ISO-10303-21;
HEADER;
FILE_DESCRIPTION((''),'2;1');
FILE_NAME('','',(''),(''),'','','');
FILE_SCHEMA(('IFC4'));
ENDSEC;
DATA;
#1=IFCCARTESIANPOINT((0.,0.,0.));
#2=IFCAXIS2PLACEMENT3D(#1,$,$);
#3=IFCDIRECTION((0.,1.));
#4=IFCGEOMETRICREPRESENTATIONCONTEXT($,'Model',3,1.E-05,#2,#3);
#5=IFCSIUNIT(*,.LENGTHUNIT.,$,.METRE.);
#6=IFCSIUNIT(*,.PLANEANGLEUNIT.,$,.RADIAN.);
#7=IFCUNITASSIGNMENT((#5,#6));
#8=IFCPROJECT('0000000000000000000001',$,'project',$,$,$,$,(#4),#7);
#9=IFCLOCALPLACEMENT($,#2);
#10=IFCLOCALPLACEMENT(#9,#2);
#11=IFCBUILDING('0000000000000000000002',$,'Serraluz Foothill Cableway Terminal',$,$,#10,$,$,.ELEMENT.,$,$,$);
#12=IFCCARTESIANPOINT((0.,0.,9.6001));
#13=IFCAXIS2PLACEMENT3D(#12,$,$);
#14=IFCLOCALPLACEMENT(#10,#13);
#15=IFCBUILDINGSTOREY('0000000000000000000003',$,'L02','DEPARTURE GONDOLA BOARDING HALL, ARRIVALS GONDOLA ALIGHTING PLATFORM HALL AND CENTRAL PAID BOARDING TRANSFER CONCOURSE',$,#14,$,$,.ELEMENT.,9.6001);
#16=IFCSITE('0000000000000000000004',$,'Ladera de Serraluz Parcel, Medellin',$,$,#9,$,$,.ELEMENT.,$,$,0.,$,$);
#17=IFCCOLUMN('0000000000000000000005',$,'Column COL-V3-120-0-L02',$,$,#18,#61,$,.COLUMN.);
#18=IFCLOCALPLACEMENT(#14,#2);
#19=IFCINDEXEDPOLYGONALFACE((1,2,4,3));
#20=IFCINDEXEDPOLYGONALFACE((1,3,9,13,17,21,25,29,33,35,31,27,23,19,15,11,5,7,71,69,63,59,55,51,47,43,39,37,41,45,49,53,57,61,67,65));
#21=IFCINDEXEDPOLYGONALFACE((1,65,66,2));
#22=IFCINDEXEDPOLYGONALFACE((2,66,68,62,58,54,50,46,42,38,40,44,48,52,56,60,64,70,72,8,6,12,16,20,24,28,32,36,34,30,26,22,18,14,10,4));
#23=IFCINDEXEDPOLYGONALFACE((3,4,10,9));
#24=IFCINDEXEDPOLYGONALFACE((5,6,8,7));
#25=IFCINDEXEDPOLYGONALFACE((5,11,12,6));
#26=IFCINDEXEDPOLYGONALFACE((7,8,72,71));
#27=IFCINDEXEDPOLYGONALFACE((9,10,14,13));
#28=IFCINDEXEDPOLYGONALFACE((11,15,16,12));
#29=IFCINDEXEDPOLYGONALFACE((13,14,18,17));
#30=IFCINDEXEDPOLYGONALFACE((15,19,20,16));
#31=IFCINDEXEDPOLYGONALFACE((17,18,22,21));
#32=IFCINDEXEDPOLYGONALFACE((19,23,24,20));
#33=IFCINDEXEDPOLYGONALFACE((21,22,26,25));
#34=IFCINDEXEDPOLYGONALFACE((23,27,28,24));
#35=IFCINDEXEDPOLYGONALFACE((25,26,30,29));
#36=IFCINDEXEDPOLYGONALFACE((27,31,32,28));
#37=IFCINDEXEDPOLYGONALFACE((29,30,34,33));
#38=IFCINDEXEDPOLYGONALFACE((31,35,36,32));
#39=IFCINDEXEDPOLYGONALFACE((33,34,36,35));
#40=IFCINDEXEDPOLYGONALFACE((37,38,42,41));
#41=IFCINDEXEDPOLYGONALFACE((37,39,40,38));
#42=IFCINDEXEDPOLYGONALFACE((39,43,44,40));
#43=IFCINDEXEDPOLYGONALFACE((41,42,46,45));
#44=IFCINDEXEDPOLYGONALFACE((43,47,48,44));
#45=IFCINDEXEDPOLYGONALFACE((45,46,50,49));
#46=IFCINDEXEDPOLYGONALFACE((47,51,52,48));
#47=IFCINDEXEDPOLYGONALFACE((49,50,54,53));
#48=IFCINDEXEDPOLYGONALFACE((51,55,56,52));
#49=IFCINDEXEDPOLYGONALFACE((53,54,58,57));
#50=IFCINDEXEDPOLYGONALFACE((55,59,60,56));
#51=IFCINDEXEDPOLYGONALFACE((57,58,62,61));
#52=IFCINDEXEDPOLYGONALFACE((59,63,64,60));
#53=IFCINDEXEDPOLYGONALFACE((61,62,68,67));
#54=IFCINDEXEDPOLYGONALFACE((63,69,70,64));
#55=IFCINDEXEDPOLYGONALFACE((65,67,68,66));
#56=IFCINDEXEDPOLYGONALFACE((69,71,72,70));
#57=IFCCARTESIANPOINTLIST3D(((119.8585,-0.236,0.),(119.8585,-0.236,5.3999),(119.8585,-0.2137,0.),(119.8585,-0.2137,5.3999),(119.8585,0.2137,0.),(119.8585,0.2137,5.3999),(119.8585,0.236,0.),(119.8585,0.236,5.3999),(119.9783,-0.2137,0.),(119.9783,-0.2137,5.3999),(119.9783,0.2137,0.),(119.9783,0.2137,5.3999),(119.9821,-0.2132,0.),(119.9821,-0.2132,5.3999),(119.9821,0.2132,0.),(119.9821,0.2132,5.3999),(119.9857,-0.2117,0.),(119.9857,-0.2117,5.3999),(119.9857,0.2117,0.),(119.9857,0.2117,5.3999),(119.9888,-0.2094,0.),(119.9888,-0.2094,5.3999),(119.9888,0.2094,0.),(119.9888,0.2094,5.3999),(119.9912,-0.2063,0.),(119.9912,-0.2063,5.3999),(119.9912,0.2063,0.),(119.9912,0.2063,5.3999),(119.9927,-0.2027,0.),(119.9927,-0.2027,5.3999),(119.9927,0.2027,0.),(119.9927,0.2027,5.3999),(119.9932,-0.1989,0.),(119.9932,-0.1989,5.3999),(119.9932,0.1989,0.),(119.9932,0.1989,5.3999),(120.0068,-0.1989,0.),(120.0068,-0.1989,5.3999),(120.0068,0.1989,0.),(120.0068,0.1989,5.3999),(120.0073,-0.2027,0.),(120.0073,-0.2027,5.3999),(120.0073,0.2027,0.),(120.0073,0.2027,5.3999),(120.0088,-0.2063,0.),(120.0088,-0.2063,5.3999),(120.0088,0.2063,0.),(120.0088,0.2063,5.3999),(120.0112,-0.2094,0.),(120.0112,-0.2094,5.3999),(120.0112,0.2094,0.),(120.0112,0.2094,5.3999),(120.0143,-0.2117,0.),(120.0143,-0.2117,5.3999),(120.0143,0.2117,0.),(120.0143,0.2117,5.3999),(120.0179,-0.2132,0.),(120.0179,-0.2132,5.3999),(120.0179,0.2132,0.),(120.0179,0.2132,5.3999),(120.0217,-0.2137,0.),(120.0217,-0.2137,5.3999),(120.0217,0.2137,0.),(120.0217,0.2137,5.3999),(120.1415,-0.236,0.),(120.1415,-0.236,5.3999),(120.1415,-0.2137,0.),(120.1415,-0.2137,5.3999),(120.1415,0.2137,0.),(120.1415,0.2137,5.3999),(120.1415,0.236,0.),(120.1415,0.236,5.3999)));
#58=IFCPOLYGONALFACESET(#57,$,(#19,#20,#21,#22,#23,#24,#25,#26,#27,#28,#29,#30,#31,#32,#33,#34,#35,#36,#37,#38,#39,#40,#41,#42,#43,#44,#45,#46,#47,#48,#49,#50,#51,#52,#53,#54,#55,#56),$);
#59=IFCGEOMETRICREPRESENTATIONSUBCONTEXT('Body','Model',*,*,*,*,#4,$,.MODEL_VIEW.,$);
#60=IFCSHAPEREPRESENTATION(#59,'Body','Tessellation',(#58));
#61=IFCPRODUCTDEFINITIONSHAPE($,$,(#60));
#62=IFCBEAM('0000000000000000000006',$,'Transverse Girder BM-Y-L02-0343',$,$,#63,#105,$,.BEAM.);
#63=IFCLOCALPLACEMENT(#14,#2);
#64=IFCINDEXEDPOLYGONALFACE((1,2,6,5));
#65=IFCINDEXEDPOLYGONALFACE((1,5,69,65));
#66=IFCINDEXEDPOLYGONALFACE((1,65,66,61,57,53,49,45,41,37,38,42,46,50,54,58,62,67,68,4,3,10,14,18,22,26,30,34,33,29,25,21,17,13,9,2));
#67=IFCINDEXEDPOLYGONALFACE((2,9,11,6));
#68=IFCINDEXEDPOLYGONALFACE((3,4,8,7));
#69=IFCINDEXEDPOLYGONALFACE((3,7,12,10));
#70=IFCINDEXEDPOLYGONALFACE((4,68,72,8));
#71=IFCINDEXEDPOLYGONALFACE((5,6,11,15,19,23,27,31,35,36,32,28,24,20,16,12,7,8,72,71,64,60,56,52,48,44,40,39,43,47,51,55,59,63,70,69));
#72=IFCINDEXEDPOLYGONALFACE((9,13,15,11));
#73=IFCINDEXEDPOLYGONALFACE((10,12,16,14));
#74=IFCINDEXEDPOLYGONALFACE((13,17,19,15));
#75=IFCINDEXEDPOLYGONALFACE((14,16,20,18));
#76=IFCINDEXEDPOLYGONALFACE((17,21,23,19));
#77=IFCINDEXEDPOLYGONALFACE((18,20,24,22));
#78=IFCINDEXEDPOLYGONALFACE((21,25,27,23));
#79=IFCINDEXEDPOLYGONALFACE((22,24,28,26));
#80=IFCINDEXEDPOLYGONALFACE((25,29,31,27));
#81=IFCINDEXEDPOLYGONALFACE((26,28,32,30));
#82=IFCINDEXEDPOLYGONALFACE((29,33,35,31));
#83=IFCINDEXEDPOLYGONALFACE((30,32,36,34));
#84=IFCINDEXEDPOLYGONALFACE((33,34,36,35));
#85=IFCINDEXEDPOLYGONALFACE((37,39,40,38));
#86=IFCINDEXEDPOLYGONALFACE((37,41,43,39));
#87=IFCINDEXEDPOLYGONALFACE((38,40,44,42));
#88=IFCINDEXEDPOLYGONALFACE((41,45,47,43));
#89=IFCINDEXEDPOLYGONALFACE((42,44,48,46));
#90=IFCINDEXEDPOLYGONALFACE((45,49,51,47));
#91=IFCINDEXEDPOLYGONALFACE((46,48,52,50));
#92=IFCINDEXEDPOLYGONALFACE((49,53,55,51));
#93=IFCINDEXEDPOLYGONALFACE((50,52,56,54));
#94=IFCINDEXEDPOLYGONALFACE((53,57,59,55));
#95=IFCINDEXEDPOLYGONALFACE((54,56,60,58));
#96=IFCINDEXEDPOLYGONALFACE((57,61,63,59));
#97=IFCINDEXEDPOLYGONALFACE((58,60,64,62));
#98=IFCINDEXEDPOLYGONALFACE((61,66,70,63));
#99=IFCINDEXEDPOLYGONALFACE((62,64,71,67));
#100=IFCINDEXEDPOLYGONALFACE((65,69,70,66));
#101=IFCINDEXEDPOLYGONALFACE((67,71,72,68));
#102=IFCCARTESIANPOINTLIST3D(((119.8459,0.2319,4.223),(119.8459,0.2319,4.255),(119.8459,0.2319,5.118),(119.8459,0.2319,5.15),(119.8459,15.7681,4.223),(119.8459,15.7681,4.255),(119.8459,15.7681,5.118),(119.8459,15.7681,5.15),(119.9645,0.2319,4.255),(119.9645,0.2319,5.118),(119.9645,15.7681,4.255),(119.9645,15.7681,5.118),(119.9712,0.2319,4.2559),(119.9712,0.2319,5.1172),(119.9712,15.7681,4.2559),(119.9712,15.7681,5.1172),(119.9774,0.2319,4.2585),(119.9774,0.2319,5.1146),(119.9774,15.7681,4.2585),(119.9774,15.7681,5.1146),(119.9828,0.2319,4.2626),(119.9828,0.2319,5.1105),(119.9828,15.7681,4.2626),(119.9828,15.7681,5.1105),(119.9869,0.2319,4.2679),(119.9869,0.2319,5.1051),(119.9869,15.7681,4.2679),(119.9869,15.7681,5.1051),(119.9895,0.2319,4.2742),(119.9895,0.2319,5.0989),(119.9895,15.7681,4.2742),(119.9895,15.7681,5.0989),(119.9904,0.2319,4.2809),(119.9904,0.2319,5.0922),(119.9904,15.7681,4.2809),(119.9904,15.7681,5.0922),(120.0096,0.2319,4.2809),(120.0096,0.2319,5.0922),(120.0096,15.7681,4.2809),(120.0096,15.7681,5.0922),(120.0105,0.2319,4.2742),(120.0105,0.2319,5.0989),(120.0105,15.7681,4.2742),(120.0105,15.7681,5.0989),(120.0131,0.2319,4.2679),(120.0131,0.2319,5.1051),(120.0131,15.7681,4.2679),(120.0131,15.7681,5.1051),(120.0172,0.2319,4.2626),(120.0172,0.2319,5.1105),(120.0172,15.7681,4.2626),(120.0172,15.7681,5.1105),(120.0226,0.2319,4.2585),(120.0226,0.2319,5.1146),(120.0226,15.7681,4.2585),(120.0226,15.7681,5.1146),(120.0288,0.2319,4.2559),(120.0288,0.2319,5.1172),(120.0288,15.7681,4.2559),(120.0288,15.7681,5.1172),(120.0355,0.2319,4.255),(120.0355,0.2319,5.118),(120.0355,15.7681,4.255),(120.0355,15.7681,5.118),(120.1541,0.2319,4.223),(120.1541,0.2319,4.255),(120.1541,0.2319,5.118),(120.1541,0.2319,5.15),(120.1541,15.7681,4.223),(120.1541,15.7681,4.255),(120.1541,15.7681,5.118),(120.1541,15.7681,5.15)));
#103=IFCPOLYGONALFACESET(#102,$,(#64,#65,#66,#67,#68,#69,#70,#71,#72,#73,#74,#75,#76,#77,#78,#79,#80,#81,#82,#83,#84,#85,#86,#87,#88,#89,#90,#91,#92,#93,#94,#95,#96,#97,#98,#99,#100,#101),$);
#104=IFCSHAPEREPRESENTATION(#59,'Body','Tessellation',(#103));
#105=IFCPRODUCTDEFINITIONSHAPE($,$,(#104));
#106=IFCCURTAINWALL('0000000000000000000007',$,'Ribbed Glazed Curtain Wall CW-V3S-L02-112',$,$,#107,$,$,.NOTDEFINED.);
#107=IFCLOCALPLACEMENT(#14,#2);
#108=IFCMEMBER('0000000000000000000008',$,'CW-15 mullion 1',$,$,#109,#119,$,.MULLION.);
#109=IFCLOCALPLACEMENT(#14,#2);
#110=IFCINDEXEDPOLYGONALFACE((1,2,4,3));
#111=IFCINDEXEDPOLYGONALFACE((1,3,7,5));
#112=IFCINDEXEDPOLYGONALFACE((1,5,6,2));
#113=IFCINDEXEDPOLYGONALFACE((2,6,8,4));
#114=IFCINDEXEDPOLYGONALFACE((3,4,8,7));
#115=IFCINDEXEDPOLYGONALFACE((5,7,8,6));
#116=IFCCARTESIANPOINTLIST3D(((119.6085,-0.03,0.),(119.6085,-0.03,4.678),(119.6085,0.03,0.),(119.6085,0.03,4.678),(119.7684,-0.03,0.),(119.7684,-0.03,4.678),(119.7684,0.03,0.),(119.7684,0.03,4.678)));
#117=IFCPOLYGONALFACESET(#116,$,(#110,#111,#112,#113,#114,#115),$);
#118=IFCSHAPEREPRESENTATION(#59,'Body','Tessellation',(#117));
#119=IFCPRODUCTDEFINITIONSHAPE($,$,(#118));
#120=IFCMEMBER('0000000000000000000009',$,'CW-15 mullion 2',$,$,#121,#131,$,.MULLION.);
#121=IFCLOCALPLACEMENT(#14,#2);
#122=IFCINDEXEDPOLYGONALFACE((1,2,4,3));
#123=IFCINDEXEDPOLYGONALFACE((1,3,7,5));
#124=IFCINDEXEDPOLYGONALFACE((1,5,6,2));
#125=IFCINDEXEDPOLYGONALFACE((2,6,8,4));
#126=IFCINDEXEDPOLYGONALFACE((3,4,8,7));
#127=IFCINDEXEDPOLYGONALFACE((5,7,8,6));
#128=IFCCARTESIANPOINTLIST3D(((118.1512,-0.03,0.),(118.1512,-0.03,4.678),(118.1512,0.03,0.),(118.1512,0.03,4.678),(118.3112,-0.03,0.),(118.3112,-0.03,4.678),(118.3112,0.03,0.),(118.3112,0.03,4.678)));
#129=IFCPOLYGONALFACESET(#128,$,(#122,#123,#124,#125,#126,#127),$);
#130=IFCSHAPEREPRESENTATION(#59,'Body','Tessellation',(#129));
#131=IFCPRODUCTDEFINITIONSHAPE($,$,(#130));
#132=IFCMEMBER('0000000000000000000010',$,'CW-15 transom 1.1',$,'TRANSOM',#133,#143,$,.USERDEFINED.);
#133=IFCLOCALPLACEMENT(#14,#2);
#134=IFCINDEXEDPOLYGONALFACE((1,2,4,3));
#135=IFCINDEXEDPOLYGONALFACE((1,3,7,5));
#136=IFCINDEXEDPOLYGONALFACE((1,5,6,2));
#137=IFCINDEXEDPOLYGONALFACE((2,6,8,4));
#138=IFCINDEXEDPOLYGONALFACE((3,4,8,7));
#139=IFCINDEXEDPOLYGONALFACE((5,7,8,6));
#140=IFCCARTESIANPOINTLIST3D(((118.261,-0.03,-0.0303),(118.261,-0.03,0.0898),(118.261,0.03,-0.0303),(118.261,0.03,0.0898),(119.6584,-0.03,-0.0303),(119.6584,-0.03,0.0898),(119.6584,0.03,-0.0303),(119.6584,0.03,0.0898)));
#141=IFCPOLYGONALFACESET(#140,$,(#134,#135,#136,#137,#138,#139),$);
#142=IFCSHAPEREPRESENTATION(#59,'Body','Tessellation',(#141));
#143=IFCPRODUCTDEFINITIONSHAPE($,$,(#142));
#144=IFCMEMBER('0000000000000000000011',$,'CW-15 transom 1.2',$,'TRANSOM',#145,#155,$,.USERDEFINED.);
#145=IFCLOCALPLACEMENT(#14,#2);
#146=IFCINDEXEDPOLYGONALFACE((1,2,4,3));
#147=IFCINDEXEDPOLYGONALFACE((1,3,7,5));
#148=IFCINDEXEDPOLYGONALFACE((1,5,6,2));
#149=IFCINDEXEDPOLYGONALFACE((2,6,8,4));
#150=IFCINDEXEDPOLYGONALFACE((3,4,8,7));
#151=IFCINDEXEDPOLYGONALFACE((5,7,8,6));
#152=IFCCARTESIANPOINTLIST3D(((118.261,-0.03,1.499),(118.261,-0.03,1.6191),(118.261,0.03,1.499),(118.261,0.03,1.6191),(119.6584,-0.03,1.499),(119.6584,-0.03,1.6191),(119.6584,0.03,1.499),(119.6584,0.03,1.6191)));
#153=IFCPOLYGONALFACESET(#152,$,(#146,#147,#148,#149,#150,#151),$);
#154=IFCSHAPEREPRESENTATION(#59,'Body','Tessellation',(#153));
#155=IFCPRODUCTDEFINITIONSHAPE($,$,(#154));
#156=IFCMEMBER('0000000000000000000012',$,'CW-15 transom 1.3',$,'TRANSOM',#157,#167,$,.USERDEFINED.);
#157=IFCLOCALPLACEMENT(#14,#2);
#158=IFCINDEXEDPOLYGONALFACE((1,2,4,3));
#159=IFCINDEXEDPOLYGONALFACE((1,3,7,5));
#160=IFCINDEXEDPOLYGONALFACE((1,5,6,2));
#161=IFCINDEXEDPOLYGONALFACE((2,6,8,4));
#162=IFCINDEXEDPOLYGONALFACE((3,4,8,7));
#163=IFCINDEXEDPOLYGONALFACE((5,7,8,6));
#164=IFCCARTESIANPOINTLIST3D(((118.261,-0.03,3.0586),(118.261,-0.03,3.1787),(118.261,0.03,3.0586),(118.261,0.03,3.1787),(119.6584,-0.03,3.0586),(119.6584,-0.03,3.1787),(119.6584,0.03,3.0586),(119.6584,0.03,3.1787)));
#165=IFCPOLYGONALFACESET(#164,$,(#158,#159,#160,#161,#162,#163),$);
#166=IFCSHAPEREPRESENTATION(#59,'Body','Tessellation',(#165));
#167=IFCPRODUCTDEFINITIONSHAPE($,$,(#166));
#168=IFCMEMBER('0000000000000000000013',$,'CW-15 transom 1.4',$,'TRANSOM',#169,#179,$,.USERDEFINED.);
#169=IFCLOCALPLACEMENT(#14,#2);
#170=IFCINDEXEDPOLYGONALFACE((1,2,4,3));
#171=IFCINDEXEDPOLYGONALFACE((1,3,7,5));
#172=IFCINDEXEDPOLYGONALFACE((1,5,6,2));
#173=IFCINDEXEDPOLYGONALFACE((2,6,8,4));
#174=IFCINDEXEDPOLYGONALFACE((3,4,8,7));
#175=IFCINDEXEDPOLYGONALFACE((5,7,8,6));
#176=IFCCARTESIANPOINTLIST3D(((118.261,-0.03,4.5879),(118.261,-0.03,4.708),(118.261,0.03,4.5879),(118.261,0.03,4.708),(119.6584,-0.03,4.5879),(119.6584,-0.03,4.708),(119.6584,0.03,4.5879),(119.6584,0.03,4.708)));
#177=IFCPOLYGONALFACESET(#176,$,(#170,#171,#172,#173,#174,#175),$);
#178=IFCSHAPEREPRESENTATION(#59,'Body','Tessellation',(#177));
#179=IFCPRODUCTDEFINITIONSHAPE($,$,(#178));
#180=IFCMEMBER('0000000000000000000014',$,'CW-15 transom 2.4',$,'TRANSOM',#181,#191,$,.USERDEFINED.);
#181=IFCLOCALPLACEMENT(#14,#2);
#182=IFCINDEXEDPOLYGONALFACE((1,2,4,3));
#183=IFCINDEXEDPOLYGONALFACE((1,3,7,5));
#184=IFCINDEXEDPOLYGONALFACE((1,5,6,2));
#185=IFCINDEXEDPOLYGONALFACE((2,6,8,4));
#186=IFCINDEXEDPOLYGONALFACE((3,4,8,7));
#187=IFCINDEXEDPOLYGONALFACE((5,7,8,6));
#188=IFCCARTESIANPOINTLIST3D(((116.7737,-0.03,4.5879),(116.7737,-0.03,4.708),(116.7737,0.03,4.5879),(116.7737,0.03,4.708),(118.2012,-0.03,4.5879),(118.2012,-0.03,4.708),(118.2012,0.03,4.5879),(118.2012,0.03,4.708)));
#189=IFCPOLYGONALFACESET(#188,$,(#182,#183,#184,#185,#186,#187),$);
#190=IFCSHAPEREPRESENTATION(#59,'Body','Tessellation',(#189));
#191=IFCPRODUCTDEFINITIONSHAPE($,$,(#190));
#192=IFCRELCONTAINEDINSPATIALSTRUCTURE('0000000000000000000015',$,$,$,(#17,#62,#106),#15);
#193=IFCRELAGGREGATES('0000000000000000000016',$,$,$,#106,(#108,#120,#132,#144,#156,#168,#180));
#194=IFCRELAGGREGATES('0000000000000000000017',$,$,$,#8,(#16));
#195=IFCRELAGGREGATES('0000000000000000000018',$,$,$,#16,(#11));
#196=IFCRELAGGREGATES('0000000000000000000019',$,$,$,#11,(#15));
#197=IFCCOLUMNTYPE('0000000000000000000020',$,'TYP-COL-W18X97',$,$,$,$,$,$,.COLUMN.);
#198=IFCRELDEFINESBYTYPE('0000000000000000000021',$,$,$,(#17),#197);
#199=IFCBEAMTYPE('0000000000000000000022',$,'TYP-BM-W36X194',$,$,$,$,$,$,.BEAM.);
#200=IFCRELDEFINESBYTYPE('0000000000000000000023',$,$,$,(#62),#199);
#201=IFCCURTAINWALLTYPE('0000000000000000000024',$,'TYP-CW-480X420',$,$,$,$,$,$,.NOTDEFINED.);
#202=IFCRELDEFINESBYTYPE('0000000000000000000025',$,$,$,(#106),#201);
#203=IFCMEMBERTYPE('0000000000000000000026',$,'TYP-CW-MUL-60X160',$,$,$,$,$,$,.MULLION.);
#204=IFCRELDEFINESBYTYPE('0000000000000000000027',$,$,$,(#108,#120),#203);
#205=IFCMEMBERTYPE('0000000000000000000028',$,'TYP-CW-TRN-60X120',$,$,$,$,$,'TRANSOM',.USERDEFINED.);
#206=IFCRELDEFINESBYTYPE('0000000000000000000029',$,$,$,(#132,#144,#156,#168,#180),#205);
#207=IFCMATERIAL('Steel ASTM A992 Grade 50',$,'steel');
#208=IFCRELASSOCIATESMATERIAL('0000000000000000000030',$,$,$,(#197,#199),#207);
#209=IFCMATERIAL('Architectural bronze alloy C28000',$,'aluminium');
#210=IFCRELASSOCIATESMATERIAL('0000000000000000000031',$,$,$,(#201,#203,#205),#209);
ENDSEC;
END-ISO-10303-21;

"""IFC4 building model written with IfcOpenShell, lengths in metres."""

from ifc_helpers import new_model, si_unit, direction, frame, origin, origin_2d, place, context, subcontext, project, spatial, rectangle, i_section, extrude, material, material_profile, profile_set, type_object, element, aggregate, save


model = new_model("IFC4")

# Units and contexts
model_context = context("Model", 3, precision=1e-05, world=origin(), true_north=direction((0.0, 1.0)))
body_context = subcontext(model_context, "Body", "Model", "MODEL_VIEW")
ifc_project = project(units=[si_unit("LENGTHUNIT", "METRE"), si_unit("PLANEANGLEUNIT", "RADIAN")], contexts=[model_context])

# Site, building, storey
site_placement = place(None, origin())
site = spatial("IfcSite", under=ifc_project, at=site_placement, Name="Ladera de Serraluz Parcel, Medellin", CompositionType="ELEMENT", RefElevation=0.0)
building_placement = place(site_placement, origin())
building = spatial("IfcBuilding", under=site, at=building_placement, Name="Serraluz Foothill Cableway Terminal", CompositionType="ELEMENT")
storey_placement = place(building_placement, frame((0.0, 0.0, 9.6001)))
storey = spatial("IfcBuildingStorey", under=building, at=storey_placement, Name="L02", Description="DEPARTURE GONDOLA BOARDING HALL, ARRIVALS GONDOLA ALIGHTING PLATFORM HALL AND CENTRAL PAID BOARDING TRANSFER CONCOURSE", CompositionType="ELEMENT", Elevation=9.6001)

# Column
ifc_material_1 = material(Name="Steel ASTM A992 Grade 50", Category="steel")
ifc_material_profile_1 = material_profile(ifc_material_1, i_section(OverallWidth=0.283, OverallDepth=0.4719, WebThickness=0.0137, FlangeThickness=0.0222, FilletRadius=0.0149, at=origin_2d()), Name="W18X97")
ifc_profile_set_1 = profile_set([ifc_material_profile_1], Name="Steel ASTM A992 Grade 50")
column_type = type_object("IfcColumnType", Name="TYP-COL-W18X97", PredefinedType="COLUMN", material=ifc_profile_set_1)
column_placement = place(storey_placement, frame((120.0, 0.0, 0.0), z_axis=(0.0, 0.0, 1.0), x_axis=(1.0, 0.0, 0.0)))
element("IfcColumn", 1, at=column_placement, inside=storey, type_object=column_type, Name="Column COL-V3-120-0-L02", PredefinedType="COLUMN", context=body_context, shape_type="SweptSolid", body=[
    extrude(i_section(OverallWidth=0.283, OverallDepth=0.4719, WebThickness=0.0137, FlangeThickness=0.0222, FilletRadius=0.0149, at=origin_2d()), origin(), (0.0, 0.0, 1.0), 5.3999),
])

# Beam
ifc_material_profile_2 = material_profile(ifc_material_1, i_section(OverallWidth=0.3081, OverallDepth=0.927, WebThickness=0.0193, FlangeThickness=0.032, FilletRadius=0.0259, at=origin_2d()), Name="W36X194")
ifc_profile_set_2 = profile_set([ifc_material_profile_2], Name="Steel ASTM A992 Grade 50")
beam_type = type_object("IfcBeamType", Name="TYP-BM-W36X194", PredefinedType="BEAM", material=ifc_profile_set_2)
beam_placement = place(storey_placement, frame((120.0, 0.2319, 4.6865), z_axis=(0.0, 1.0, 0.0), x_axis=(-1.0, 0.0, 0.0)))
element("IfcBeam", 2, at=beam_placement, inside=storey, type_object=beam_type, Name="Transverse Girder BM-Y-L02-0343", PredefinedType="BEAM", context=body_context, shape_type="SweptSolid", body=[
    extrude(i_section(OverallWidth=0.3081, OverallDepth=0.927, WebThickness=0.0193, FlangeThickness=0.032, FilletRadius=0.0259, at=origin_2d()), origin(), (0.0, 0.0, 1.0), 15.5361),
])

# Curtain wall, members
ifc_material_2 = material(Name="Architectural bronze alloy C28000", Category="aluminium")
curtain_wall_type = type_object("IfcCurtainWallType", Name="TYP-CW-480X420", PredefinedType="NOTDEFINED", material=ifc_material_2)
curtain_wall_placement = place(storey_placement, origin())
curtain_wall = element("IfcCurtainWall", 3, at=curtain_wall_placement, inside=storey, type_object=curtain_wall_type, Name="Ribbed Glazed Curtain Wall CW-V3S-L02-112", PredefinedType="NOTDEFINED")
ifc_material_profile_3 = material_profile(ifc_material_2, rectangle(XDim=0.0601, YDim=0.1599, at=origin_2d()), Name="ALU MULLION 60x160")
ifc_profile_set_3 = profile_set([ifc_material_profile_3], Name="Architectural bronze alloy C28000")
member_type_1 = type_object("IfcMemberType", Name="TYP-CW-MUL-60X160", PredefinedType="MULLION", material=ifc_profile_set_3)
member_1_placement = place(storey_placement, frame((119.6885, 0.0, 0.0), z_axis=(0.0, 0.0, 1.0), x_axis=(0.0, -1.0, 0.0)))
member_1 = element("IfcMember", 4, at=member_1_placement, type_object=member_type_1, Name="CW-15 mullion 1", PredefinedType="MULLION", context=body_context, shape_type="SweptSolid", body=[
    extrude(rectangle(XDim=0.0601, YDim=0.1599, at=origin_2d()), origin(), (0.0, 0.0, 1.0), 4.678),
])
member_2_placement = place(storey_placement, frame((118.2312, 0.0, 0.0), z_axis=(0.0, 0.0, 1.0), x_axis=(0.0, -1.0, 0.0)))
member_2 = element("IfcMember", 5, at=member_2_placement, type_object=member_type_1, Name="CW-15 mullion 2", PredefinedType="MULLION", context=body_context, shape_type="SweptSolid", body=[
    extrude(rectangle(XDim=0.0601, YDim=0.1599, at=origin_2d()), origin(), (0.0, 0.0, 1.0), 4.678),
])
ifc_material_profile_4 = material_profile(ifc_material_2, rectangle(XDim=0.0601, YDim=0.1201, at=origin_2d()), Name="ALU TRANSOM 60x120")
ifc_profile_set_4 = profile_set([ifc_material_profile_4], Name="Architectural bronze alloy C28000")
member_type_2 = type_object("IfcMemberType", Name="TYP-CW-TRN-60X120", ElementType="TRANSOM", PredefinedType="USERDEFINED", material=ifc_profile_set_4)
member_3_placement = place(storey_placement, frame((119.6584, 0.0, 0.0298), z_axis=(-1.0, 0.0, 0.0), x_axis=(0.0, -1.0, 0.0)))
member_3 = element("IfcMember", 6, at=member_3_placement, type_object=member_type_2, Name="CW-15 transom 1.1", ObjectType="TRANSOM", PredefinedType="USERDEFINED", context=body_context, shape_type="SweptSolid", body=[
    extrude(rectangle(XDim=0.0601, YDim=0.1201, at=origin_2d()), origin(), (0.0, 0.0, 1.0), 1.3975),
])
member_4_placement = place(storey_placement, frame((119.6584, 0.0, 1.5591), z_axis=(-1.0, 0.0, 0.0), x_axis=(0.0, -1.0, 0.0)))
member_4 = element("IfcMember", 7, at=member_4_placement, type_object=member_type_2, Name="CW-15 transom 1.2", ObjectType="TRANSOM", PredefinedType="USERDEFINED", context=body_context, shape_type="SweptSolid", body=[
    extrude(rectangle(XDim=0.0601, YDim=0.1201, at=origin_2d()), origin(), (0.0, 0.0, 1.0), 1.3975),
])
member_5_placement = place(storey_placement, frame((119.6584, 0.0, 3.1187), z_axis=(-1.0, 0.0, 0.0), x_axis=(0.0, -1.0, 0.0)))
member_5 = element("IfcMember", 8, at=member_5_placement, type_object=member_type_2, Name="CW-15 transom 1.3", ObjectType="TRANSOM", PredefinedType="USERDEFINED", context=body_context, shape_type="SweptSolid", body=[
    extrude(rectangle(XDim=0.0601, YDim=0.1201, at=origin_2d()), origin(), (0.0, 0.0, 1.0), 1.3975),
])
member_6_placement = place(storey_placement, frame((119.6584, 0.0, 4.6479), z_axis=(-1.0, 0.0, 0.0), x_axis=(0.0, -1.0, 0.0)))
member_6 = element("IfcMember", 9, at=member_6_placement, type_object=member_type_2, Name="CW-15 transom 1.4", ObjectType="TRANSOM", PredefinedType="USERDEFINED", context=body_context, shape_type="SweptSolid", body=[
    extrude(rectangle(XDim=0.0601, YDim=0.1201, at=origin_2d()), origin(), (0.0, 0.0, 1.0), 1.3975),
])
member_7_placement = place(storey_placement, frame((118.2012, 0.0, 4.6479), z_axis=(-1.0, 0.0, 0.0), x_axis=(0.0, -1.0, 0.0)))
member_7 = element("IfcMember", 10, at=member_7_placement, type_object=member_type_2, Name="CW-15 transom 2.4", ObjectType="TRANSOM", PredefinedType="USERDEFINED", context=body_context, shape_type="SweptSolid", body=[
    extrude(rectangle(XDim=0.0601, YDim=0.1201, at=origin_2d()), origin(), (0.0, 0.0, 1.0), 1.4275),
])
aggregate(curtain_wall, [member_1, member_2, member_3, member_4, member_5, member_6, member_7])

save(model, "model.ifc")
